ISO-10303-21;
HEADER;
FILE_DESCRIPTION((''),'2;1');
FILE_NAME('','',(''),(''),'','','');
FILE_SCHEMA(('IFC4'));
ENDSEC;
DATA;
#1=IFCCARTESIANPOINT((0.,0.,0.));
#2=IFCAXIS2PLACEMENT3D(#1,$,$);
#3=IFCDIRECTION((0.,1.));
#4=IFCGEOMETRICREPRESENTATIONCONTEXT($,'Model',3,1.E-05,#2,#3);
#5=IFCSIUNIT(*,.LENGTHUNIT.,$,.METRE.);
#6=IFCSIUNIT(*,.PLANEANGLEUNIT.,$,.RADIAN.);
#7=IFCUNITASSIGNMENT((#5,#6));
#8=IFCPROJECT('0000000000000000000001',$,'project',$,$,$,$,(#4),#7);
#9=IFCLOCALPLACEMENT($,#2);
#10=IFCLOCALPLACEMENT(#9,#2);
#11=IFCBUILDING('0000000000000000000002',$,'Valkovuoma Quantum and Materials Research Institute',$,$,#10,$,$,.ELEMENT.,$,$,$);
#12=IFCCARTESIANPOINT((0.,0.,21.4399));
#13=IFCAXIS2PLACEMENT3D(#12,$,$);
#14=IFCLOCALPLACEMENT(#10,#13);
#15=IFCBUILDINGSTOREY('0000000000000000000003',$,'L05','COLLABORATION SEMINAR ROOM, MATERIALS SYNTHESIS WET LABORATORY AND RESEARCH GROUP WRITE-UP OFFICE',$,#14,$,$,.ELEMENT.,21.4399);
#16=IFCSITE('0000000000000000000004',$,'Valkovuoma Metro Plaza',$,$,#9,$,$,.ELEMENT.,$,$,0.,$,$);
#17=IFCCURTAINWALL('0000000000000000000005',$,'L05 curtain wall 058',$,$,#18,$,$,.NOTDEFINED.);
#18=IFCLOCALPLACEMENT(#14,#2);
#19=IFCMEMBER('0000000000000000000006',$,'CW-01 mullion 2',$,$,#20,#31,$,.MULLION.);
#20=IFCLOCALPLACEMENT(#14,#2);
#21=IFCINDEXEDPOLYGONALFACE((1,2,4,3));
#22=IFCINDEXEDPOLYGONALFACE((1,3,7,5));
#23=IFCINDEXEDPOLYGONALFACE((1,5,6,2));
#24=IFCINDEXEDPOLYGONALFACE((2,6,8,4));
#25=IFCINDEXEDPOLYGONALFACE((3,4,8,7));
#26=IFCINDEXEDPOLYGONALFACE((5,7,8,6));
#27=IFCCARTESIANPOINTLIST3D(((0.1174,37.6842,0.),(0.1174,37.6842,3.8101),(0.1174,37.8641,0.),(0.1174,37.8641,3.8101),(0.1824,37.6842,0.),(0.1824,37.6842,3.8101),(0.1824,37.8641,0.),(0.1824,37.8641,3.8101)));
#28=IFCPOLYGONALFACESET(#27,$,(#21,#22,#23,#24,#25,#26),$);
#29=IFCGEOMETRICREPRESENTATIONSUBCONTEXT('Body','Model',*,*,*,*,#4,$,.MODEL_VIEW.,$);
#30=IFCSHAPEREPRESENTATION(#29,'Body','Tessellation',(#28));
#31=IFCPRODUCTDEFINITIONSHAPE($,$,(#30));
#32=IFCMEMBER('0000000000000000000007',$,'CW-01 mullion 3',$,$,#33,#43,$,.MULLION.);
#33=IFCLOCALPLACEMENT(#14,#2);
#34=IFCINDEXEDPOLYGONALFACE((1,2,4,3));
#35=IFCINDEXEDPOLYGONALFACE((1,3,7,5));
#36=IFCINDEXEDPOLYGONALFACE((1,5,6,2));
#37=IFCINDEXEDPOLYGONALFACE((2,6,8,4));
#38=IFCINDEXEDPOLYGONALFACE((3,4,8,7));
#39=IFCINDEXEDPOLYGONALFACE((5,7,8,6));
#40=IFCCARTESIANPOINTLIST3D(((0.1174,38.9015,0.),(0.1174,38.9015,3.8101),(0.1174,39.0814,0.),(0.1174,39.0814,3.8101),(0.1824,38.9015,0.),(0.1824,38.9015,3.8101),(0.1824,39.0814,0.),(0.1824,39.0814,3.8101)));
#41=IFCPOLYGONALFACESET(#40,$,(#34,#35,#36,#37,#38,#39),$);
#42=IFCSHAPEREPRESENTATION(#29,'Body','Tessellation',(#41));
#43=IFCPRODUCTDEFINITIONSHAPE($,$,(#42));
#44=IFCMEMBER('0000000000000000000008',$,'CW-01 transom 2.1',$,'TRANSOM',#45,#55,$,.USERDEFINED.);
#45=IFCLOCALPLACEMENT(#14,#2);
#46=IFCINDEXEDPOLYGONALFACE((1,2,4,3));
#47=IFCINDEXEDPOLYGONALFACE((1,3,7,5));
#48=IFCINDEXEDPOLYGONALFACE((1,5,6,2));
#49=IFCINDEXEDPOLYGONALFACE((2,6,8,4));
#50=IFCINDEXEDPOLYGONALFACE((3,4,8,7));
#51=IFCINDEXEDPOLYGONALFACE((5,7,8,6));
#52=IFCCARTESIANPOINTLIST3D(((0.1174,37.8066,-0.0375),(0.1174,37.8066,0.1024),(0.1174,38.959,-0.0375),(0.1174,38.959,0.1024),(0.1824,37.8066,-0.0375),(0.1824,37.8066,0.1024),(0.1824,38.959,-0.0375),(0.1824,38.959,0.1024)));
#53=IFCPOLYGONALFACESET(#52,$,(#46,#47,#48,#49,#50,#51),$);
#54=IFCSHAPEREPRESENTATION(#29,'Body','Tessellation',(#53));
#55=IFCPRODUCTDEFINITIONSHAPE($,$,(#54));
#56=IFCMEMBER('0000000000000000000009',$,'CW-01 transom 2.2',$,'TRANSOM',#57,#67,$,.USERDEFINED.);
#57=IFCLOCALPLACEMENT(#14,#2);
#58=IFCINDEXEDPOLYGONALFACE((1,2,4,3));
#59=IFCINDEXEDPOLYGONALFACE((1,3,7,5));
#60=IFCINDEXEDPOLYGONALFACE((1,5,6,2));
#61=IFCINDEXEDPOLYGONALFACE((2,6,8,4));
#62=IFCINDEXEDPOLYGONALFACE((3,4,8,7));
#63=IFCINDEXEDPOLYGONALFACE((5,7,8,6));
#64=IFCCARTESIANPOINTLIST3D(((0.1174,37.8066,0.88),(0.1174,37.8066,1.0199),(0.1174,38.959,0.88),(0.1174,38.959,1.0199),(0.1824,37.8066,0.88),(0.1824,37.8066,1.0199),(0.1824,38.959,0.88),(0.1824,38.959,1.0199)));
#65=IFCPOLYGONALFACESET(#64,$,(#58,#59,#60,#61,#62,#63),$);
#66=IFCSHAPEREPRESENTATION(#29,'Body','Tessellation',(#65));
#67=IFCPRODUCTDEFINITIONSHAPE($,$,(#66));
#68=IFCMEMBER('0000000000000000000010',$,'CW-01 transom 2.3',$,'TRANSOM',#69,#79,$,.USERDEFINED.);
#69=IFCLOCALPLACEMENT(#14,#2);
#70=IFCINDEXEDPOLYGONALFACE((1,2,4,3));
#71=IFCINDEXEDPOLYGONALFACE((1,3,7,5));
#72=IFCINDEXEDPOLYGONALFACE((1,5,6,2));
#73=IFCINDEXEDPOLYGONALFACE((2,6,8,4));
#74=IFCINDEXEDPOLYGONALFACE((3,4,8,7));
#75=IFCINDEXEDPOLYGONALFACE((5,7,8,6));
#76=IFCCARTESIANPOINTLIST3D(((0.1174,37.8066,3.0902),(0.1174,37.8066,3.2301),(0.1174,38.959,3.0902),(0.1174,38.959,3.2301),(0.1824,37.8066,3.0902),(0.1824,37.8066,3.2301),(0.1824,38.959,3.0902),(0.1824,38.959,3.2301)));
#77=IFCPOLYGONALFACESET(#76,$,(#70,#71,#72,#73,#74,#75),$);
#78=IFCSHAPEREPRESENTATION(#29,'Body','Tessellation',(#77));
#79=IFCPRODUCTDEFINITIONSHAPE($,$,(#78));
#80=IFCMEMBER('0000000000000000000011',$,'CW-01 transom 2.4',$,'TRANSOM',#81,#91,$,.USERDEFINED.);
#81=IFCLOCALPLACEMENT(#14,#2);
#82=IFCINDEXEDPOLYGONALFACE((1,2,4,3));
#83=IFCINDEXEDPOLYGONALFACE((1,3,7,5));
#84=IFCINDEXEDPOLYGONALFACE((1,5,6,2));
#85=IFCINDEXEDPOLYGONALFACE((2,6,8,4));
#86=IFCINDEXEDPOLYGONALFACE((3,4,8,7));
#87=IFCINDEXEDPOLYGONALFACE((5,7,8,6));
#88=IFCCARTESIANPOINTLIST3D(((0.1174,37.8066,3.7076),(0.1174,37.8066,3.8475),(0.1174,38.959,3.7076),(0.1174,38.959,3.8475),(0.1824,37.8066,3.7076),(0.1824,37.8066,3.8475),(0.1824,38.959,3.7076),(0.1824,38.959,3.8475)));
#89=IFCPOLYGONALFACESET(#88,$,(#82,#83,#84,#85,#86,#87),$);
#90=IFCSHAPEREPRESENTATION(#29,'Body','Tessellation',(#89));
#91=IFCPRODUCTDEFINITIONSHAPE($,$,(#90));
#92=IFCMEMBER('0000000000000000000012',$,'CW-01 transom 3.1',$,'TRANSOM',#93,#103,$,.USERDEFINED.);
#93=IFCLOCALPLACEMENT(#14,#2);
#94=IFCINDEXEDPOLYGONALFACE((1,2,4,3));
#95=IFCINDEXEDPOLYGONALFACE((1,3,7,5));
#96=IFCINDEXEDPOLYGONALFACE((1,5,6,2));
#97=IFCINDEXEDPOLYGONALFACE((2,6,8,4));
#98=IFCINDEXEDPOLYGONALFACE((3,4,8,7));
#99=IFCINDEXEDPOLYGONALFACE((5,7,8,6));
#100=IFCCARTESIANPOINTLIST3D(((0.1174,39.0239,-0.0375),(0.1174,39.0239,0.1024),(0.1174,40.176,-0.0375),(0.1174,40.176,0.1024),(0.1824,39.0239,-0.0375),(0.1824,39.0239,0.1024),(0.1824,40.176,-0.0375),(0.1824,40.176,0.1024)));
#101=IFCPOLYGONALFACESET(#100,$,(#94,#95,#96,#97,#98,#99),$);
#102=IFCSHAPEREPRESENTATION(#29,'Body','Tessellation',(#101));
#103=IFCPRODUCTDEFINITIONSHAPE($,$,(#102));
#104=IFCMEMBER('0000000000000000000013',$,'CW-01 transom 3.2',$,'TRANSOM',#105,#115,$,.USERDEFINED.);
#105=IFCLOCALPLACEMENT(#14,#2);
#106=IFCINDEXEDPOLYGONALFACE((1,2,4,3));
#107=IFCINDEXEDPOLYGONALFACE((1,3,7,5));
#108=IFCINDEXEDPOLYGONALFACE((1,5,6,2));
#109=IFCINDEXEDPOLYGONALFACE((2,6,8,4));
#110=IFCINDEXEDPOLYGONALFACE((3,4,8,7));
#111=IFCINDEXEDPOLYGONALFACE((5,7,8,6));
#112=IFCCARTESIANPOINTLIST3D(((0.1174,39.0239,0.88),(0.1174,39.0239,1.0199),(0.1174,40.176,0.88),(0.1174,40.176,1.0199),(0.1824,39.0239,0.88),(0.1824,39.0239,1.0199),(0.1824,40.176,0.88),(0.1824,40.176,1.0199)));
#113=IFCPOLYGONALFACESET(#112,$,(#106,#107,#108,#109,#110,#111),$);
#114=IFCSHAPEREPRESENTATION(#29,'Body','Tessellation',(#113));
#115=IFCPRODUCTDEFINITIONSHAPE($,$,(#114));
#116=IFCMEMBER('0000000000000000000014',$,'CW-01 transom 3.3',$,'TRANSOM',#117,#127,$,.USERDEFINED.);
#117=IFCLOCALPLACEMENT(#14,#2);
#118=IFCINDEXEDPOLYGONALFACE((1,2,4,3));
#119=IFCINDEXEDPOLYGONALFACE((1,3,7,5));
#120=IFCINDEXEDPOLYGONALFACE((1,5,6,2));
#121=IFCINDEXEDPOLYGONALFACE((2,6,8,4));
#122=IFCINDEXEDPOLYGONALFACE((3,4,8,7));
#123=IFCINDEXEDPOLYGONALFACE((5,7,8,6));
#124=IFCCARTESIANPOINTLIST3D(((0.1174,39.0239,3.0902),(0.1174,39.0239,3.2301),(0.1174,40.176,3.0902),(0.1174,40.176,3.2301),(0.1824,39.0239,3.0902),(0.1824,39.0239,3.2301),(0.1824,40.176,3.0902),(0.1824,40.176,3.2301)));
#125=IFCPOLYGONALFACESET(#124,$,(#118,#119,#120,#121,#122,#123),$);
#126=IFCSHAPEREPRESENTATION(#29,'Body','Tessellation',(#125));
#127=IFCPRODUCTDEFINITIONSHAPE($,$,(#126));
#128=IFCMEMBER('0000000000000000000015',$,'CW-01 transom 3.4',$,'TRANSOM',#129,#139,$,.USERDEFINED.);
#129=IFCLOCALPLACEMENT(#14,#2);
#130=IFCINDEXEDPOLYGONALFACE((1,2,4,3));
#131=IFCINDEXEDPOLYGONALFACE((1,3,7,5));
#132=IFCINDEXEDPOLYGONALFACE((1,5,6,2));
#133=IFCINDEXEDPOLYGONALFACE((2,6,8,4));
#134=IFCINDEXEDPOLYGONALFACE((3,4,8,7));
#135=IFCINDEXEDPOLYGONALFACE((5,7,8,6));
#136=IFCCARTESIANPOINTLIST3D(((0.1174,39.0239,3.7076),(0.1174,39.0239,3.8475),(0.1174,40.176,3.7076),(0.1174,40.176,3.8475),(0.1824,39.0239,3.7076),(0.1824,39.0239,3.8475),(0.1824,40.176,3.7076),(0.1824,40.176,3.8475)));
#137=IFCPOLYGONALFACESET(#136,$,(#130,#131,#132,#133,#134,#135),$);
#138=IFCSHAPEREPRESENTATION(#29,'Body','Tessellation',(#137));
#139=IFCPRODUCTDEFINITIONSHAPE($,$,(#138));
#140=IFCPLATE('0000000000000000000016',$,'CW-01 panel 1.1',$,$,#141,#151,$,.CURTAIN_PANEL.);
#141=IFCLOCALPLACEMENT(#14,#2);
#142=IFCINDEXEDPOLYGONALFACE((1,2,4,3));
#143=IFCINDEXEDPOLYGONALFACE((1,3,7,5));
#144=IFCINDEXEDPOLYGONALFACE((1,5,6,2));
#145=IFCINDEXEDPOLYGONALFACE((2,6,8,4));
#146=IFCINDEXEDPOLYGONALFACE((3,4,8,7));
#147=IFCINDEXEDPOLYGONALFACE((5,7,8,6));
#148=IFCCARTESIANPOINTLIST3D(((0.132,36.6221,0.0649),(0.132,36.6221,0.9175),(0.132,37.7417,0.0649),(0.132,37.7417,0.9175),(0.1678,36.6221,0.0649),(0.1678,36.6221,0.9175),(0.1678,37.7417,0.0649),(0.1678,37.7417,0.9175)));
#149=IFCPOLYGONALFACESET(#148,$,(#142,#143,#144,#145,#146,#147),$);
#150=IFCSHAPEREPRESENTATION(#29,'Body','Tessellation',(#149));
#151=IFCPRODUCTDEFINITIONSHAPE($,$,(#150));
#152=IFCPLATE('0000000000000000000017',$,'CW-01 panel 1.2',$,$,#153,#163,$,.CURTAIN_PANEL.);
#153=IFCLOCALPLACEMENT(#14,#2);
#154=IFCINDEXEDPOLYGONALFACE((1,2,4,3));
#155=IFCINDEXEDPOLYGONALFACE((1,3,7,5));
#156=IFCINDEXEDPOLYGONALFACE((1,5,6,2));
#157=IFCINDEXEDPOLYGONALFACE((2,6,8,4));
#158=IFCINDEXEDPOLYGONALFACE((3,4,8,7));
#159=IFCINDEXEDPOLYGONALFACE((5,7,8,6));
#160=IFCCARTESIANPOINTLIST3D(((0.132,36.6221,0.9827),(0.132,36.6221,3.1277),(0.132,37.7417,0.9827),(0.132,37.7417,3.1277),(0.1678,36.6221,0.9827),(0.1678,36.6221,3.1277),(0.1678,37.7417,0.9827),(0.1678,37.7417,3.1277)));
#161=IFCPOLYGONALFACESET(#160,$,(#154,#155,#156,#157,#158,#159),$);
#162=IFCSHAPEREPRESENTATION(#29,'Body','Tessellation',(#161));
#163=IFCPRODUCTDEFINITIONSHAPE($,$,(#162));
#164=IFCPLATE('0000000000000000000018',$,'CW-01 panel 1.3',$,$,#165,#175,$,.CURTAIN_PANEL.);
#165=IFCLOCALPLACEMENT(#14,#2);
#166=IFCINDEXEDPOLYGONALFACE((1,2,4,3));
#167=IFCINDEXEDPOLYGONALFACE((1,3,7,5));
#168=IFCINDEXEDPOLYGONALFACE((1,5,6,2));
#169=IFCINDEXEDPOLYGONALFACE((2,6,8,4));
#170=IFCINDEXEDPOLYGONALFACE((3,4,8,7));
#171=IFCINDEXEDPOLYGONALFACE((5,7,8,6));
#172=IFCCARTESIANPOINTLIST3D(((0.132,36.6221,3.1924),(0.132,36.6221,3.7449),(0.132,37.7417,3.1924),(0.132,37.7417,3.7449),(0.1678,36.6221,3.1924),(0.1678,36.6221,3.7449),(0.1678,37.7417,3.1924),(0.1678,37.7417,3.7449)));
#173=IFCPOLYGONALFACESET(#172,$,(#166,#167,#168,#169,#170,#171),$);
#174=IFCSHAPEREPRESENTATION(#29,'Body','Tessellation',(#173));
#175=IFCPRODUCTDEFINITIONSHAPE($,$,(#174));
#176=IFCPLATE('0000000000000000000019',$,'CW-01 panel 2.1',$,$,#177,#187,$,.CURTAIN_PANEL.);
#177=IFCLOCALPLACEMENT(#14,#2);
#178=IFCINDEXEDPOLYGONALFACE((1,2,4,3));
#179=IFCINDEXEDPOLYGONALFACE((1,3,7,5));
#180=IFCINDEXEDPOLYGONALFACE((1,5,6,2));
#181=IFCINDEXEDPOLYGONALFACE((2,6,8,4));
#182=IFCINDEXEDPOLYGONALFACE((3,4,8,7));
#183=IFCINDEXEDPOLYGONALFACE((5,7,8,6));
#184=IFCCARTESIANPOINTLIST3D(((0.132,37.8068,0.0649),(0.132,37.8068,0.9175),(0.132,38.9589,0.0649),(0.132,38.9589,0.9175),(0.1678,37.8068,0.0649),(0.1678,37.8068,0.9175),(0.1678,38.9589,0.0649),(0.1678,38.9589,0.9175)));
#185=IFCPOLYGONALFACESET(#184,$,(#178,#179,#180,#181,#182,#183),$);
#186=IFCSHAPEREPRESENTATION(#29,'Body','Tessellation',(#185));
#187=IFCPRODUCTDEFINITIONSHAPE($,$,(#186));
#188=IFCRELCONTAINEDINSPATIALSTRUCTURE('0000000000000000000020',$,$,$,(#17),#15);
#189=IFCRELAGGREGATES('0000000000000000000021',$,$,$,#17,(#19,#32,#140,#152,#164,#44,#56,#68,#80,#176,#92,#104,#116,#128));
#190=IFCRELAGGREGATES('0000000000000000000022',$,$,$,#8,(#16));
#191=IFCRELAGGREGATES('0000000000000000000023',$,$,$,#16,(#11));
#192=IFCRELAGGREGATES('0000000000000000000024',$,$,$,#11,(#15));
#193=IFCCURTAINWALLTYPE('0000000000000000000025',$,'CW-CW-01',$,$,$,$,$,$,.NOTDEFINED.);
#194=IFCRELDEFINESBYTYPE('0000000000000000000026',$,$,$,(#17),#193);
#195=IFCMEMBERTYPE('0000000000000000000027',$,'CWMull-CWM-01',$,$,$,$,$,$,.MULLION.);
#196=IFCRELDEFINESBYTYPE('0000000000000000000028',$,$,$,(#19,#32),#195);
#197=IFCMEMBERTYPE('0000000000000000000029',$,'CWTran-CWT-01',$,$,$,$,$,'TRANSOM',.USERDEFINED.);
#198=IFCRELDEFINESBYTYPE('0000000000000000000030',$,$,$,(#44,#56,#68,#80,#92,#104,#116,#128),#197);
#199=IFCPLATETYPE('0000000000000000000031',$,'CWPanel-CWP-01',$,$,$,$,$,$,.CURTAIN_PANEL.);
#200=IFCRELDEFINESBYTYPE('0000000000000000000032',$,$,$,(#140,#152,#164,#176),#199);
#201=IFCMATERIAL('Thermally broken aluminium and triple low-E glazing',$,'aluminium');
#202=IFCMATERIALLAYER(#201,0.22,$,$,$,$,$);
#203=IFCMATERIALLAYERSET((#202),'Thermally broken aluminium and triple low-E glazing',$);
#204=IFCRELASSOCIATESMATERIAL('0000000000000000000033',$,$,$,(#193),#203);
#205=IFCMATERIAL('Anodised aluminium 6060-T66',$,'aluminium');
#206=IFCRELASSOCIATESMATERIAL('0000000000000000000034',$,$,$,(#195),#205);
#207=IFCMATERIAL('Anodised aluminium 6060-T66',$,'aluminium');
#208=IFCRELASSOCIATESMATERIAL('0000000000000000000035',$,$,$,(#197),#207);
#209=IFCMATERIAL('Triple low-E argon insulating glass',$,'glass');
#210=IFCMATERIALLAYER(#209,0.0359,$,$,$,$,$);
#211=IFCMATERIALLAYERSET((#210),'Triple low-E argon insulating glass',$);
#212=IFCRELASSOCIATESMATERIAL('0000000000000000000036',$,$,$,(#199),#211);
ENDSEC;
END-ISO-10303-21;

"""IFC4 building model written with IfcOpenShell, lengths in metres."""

from ifc_helpers import new_model, si_unit, direction, frame, origin, origin_2d, place, context, subcontext, project, spatial, rectangle, extrude, material, layer, layer_set, material_profile, profile_set, type_object, element, aggregate, save


model = new_model("IFC4")

# Units and contexts
model_context = context("Model", 3, precision=1e-05, world=origin(), true_north=direction((0.0, 1.0)))
body_context = subcontext(model_context, "Body", "Model", "MODEL_VIEW")
ifc_project = project(units=[si_unit("LENGTHUNIT", "METRE"), si_unit("PLANEANGLEUNIT", "RADIAN")], contexts=[model_context])

# Site, building, storey
site_placement = place(None, origin())
site = spatial("IfcSite", under=ifc_project, at=site_placement, Name="Valkovuoma Metro Plaza", CompositionType="ELEMENT", RefElevation=0.0)
building_placement = place(site_placement, origin())
building = spatial("IfcBuilding", under=site, at=building_placement, Name="Valkovuoma Quantum and Materials Research Institute", CompositionType="ELEMENT")
storey_placement = place(building_placement, frame((0.0, 0.0, 21.4399)))
storey = spatial("IfcBuildingStorey", under=building, at=storey_placement, Name="L05", Description="COLLABORATION SEMINAR ROOM, MATERIALS SYNTHESIS WET LABORATORY AND RESEARCH GROUP WRITE-UP OFFICE", CompositionType="ELEMENT", Elevation=21.4399)

# Curtain wall, members, plates
ifc_material_1 = material(Name="Thermally broken aluminium and triple low-E glazing", Category="aluminium")
ifc_layer_1 = layer(ifc_material_1, 0.22)
ifc_layer_set_1 = layer_set([ifc_layer_1], Name="Thermally broken aluminium and triple low-E glazing")
curtain_wall_type = type_object("IfcCurtainWallType", Name="CW-CW-01", PredefinedType="NOTDEFINED", material=ifc_layer_set_1)
curtain_wall_placement = place(storey_placement, origin())
curtain_wall = element("IfcCurtainWall", 1, at=curtain_wall_placement, inside=storey, type_object=curtain_wall_type, Name="L05 curtain wall 058", PredefinedType="NOTDEFINED")
ifc_material_2 = material(Name="Anodised aluminium 6060-T66", Category="aluminium")
ifc_material_profile_1 = material_profile(ifc_material_2, rectangle(XDim=0.0649, YDim=0.1799, at=origin_2d()), Name="Anodised aluminium 6060-T66")
ifc_profile_set_1 = profile_set([ifc_material_profile_1], Name="Anodised aluminium 6060-T66")
member_type_1 = type_object("IfcMemberType", Name="CWMull-CWM-01", PredefinedType="MULLION", material=ifc_profile_set_1)
member_1_placement = place(storey_placement, frame((0.1499, 37.7742, 0.0), z_axis=(0.0, 0.0, 1.0), x_axis=(-1.0, 0.0, 0.0)))
member_1 = element("IfcMember", 2, at=member_1_placement, type_object=member_type_1, Name="CW-01 mullion 2", PredefinedType="MULLION", context=body_context, shape_type="SweptSolid", body=[
    extrude(rectangle(XDim=0.0649, YDim=0.1799, at=origin_2d()), origin(), (0.0, 0.0, 1.0), 3.8101),
])
member_2_placement = place(storey_placement, frame((0.1499, 38.9915, 0.0), z_axis=(0.0, 0.0, 1.0), x_axis=(-1.0, 0.0, 0.0)))
member_2 = element("IfcMember", 3, at=member_2_placement, type_object=member_type_1, Name="CW-01 mullion 3", PredefinedType="MULLION", context=body_context, shape_type="SweptSolid", body=[
    extrude(rectangle(XDim=0.0649, YDim=0.1799, at=origin_2d()), origin(), (0.0, 0.0, 1.0), 3.8101),
])
ifc_material_3 = material(Name="Anodised aluminium 6060-T66", Category="aluminium")
ifc_material_profile_2 = material_profile(ifc_material_3, rectangle(XDim=0.0649, YDim=0.1399, at=origin_2d()), Name="Anodised aluminium 6060-T66")
ifc_profile_set_2 = profile_set([ifc_material_profile_2], Name="Anodised aluminium 6060-T66")
member_type_2 = type_object("IfcMemberType", Name="CWTran-CWT-01", ElementType="TRANSOM", PredefinedType="USERDEFINED", material=ifc_profile_set_2)
member_3_placement = place(storey_placement, frame((0.1499, 37.8066, 0.0325), z_axis=(0.0, 1.0, 0.0), x_axis=(-1.0, 0.0, 0.0)))
member_3 = element("IfcMember", 4, at=member_3_placement, type_object=member_type_2, Name="CW-01 transom 2.1", ObjectType="TRANSOM", PredefinedType="USERDEFINED", context=body_context, shape_type="SweptSolid", body=[
    extrude(rectangle(XDim=0.0649, YDim=0.1399, at=origin_2d()), origin(), (0.0, 0.0, 1.0), 1.1523),
])
member_4_placement = place(storey_placement, frame((0.1499, 37.8066, 0.95), z_axis=(0.0, 1.0, 0.0), x_axis=(-1.0, 0.0, 0.0)))
member_4 = element("IfcMember", 5, at=member_4_placement, type_object=member_type_2, Name="CW-01 transom 2.2", ObjectType="TRANSOM", PredefinedType="USERDEFINED", context=body_context, shape_type="SweptSolid", body=[
    extrude(rectangle(XDim=0.0649, YDim=0.1399, at=origin_2d()), origin(), (0.0, 0.0, 1.0), 1.1523),
])
member_5_placement = place(storey_placement, frame((0.1499, 37.8066, 3.1602), z_axis=(0.0, 1.0, 0.0), x_axis=(-1.0, 0.0, 0.0)))
member_5 = element("IfcMember", 6, at=member_5_placement, type_object=member_type_2, Name="CW-01 transom 2.3", ObjectType="TRANSOM", PredefinedType="USERDEFINED", context=body_context, shape_type="SweptSolid", body=[
    extrude(rectangle(XDim=0.0649, YDim=0.1399, at=origin_2d()), origin(), (0.0, 0.0, 1.0), 1.1523),
])
member_6_placement = place(storey_placement, frame((0.1499, 37.8066, 3.7776), z_axis=(0.0, 1.0, 0.0), x_axis=(-1.0, 0.0, 0.0)))
member_6 = element("IfcMember", 7, at=member_6_placement, type_object=member_type_2, Name="CW-01 transom 2.4", ObjectType="TRANSOM", PredefinedType="USERDEFINED", context=body_context, shape_type="SweptSolid", body=[
    extrude(rectangle(XDim=0.0649, YDim=0.1399, at=origin_2d()), origin(), (0.0, 0.0, 1.0), 1.1523),
])
member_7_placement = place(storey_placement, frame((0.1499, 39.0239, 0.0325), z_axis=(0.0, 1.0, 0.0), x_axis=(-1.0, 0.0, 0.0)))
member_7 = element("IfcMember", 8, at=member_7_placement, type_object=member_type_2, Name="CW-01 transom 3.1", ObjectType="TRANSOM", PredefinedType="USERDEFINED", context=body_context, shape_type="SweptSolid", body=[
    extrude(rectangle(XDim=0.0649, YDim=0.1399, at=origin_2d()), origin(), (0.0, 0.0, 1.0), 1.1521),
])
member_8_placement = place(storey_placement, frame((0.1499, 39.0239, 0.95), z_axis=(0.0, 1.0, 0.0), x_axis=(-1.0, 0.0, 0.0)))
member_8 = element("IfcMember", 9, at=member_8_placement, type_object=member_type_2, Name="CW-01 transom 3.2", ObjectType="TRANSOM", PredefinedType="USERDEFINED", context=body_context, shape_type="SweptSolid", body=[
    extrude(rectangle(XDim=0.0649, YDim=0.1399, at=origin_2d()), origin(), (0.0, 0.0, 1.0), 1.1521),
])
member_9_placement = place(storey_placement, frame((0.1499, 39.0239, 3.1602), z_axis=(0.0, 1.0, 0.0), x_axis=(-1.0, 0.0, 0.0)))
member_9 = element("IfcMember", 10, at=member_9_placement, type_object=member_type_2, Name="CW-01 transom 3.3", ObjectType="TRANSOM", PredefinedType="USERDEFINED", context=body_context, shape_type="SweptSolid", body=[
    extrude(rectangle(XDim=0.0649, YDim=0.1399, at=origin_2d()), origin(), (0.0, 0.0, 1.0), 1.1521),
])
member_10_placement = place(storey_placement, frame((0.1499, 39.0239, 3.7776), z_axis=(0.0, 1.0, 0.0), x_axis=(-1.0, 0.0, 0.0)))
member_10 = element("IfcMember", 11, at=member_10_placement, type_object=member_type_2, Name="CW-01 transom 3.4", ObjectType="TRANSOM", PredefinedType="USERDEFINED", context=body_context, shape_type="SweptSolid", body=[
    extrude(rectangle(XDim=0.0649, YDim=0.1399, at=origin_2d()), origin(), (0.0, 0.0, 1.0), 1.1521),
])
ifc_material_4 = material(Name="Triple low-E argon insulating glass", Category="glass")
ifc_layer_2 = layer(ifc_material_4, 0.0359)
ifc_layer_set_2 = layer_set([ifc_layer_2], Name="Triple low-E argon insulating glass")
plate_type = type_object("IfcPlateType", Name="CWPanel-CWP-01", PredefinedType="CURTAIN_PANEL", material=ifc_layer_set_2)
plate_1_placement = place(storey_placement, frame((0.1499, 37.1819, 0.0649), z_axis=(0.0, 0.0, 1.0), x_axis=(0.0, 1.0, 0.0)))
plate_1 = element("IfcPlate", 12, at=plate_1_placement, type_object=plate_type, Name="CW-01 panel 1.1", PredefinedType="CURTAIN_PANEL", context=body_context, shape_type="SweptSolid", body=[
    extrude(rectangle(XDim=1.1196, YDim=0.0359, at=origin_2d()), origin(), (0.0, 0.0, 1.0), 0.8525),
])
plate_2_placement = place(storey_placement, frame((0.1499, 37.1819, 0.9827), z_axis=(0.0, 0.0, 1.0), x_axis=(0.0, 1.0, 0.0)))
plate_2 = element("IfcPlate", 13, at=plate_2_placement, type_object=plate_type, Name="CW-01 panel 1.2", PredefinedType="CURTAIN_PANEL", context=body_context, shape_type="SweptSolid", body=[
    extrude(rectangle(XDim=1.1196, YDim=0.0359, at=origin_2d()), origin(), (0.0, 0.0, 1.0), 2.145),
])
plate_3_placement = place(storey_placement, frame((0.1499, 37.1819, 3.1924), z_axis=(0.0, 0.0, 1.0), x_axis=(0.0, 1.0, 0.0)))
plate_3 = element("IfcPlate", 14, at=plate_3_placement, type_object=plate_type, Name="CW-01 panel 1.3", PredefinedType="CURTAIN_PANEL", context=body_context, shape_type="SweptSolid", body=[
    extrude(rectangle(XDim=1.1196, YDim=0.0359, at=origin_2d()), origin(), (0.0, 0.0, 1.0), 0.5525),
])
plate_4_placement = place(storey_placement, frame((0.1499, 38.3828, 0.0649), z_axis=(0.0, 0.0, 1.0), x_axis=(0.0, 1.0, 0.0)))
plate_4 = element("IfcPlate", 15, at=plate_4_placement, type_object=plate_type, Name="CW-01 panel 2.1", PredefinedType="CURTAIN_PANEL", context=body_context, shape_type="SweptSolid", body=[
    extrude(rectangle(XDim=1.1521, YDim=0.0359, at=origin_2d()), origin(), (0.0, 0.0, 1.0), 0.8525),
])
aggregate(curtain_wall, [member_1, member_2, plate_1, plate_2, plate_3, member_3, member_4, member_5, member_6, plate_4, member_7, member_8, member_9, member_10])

save(model, "model.ifc")
